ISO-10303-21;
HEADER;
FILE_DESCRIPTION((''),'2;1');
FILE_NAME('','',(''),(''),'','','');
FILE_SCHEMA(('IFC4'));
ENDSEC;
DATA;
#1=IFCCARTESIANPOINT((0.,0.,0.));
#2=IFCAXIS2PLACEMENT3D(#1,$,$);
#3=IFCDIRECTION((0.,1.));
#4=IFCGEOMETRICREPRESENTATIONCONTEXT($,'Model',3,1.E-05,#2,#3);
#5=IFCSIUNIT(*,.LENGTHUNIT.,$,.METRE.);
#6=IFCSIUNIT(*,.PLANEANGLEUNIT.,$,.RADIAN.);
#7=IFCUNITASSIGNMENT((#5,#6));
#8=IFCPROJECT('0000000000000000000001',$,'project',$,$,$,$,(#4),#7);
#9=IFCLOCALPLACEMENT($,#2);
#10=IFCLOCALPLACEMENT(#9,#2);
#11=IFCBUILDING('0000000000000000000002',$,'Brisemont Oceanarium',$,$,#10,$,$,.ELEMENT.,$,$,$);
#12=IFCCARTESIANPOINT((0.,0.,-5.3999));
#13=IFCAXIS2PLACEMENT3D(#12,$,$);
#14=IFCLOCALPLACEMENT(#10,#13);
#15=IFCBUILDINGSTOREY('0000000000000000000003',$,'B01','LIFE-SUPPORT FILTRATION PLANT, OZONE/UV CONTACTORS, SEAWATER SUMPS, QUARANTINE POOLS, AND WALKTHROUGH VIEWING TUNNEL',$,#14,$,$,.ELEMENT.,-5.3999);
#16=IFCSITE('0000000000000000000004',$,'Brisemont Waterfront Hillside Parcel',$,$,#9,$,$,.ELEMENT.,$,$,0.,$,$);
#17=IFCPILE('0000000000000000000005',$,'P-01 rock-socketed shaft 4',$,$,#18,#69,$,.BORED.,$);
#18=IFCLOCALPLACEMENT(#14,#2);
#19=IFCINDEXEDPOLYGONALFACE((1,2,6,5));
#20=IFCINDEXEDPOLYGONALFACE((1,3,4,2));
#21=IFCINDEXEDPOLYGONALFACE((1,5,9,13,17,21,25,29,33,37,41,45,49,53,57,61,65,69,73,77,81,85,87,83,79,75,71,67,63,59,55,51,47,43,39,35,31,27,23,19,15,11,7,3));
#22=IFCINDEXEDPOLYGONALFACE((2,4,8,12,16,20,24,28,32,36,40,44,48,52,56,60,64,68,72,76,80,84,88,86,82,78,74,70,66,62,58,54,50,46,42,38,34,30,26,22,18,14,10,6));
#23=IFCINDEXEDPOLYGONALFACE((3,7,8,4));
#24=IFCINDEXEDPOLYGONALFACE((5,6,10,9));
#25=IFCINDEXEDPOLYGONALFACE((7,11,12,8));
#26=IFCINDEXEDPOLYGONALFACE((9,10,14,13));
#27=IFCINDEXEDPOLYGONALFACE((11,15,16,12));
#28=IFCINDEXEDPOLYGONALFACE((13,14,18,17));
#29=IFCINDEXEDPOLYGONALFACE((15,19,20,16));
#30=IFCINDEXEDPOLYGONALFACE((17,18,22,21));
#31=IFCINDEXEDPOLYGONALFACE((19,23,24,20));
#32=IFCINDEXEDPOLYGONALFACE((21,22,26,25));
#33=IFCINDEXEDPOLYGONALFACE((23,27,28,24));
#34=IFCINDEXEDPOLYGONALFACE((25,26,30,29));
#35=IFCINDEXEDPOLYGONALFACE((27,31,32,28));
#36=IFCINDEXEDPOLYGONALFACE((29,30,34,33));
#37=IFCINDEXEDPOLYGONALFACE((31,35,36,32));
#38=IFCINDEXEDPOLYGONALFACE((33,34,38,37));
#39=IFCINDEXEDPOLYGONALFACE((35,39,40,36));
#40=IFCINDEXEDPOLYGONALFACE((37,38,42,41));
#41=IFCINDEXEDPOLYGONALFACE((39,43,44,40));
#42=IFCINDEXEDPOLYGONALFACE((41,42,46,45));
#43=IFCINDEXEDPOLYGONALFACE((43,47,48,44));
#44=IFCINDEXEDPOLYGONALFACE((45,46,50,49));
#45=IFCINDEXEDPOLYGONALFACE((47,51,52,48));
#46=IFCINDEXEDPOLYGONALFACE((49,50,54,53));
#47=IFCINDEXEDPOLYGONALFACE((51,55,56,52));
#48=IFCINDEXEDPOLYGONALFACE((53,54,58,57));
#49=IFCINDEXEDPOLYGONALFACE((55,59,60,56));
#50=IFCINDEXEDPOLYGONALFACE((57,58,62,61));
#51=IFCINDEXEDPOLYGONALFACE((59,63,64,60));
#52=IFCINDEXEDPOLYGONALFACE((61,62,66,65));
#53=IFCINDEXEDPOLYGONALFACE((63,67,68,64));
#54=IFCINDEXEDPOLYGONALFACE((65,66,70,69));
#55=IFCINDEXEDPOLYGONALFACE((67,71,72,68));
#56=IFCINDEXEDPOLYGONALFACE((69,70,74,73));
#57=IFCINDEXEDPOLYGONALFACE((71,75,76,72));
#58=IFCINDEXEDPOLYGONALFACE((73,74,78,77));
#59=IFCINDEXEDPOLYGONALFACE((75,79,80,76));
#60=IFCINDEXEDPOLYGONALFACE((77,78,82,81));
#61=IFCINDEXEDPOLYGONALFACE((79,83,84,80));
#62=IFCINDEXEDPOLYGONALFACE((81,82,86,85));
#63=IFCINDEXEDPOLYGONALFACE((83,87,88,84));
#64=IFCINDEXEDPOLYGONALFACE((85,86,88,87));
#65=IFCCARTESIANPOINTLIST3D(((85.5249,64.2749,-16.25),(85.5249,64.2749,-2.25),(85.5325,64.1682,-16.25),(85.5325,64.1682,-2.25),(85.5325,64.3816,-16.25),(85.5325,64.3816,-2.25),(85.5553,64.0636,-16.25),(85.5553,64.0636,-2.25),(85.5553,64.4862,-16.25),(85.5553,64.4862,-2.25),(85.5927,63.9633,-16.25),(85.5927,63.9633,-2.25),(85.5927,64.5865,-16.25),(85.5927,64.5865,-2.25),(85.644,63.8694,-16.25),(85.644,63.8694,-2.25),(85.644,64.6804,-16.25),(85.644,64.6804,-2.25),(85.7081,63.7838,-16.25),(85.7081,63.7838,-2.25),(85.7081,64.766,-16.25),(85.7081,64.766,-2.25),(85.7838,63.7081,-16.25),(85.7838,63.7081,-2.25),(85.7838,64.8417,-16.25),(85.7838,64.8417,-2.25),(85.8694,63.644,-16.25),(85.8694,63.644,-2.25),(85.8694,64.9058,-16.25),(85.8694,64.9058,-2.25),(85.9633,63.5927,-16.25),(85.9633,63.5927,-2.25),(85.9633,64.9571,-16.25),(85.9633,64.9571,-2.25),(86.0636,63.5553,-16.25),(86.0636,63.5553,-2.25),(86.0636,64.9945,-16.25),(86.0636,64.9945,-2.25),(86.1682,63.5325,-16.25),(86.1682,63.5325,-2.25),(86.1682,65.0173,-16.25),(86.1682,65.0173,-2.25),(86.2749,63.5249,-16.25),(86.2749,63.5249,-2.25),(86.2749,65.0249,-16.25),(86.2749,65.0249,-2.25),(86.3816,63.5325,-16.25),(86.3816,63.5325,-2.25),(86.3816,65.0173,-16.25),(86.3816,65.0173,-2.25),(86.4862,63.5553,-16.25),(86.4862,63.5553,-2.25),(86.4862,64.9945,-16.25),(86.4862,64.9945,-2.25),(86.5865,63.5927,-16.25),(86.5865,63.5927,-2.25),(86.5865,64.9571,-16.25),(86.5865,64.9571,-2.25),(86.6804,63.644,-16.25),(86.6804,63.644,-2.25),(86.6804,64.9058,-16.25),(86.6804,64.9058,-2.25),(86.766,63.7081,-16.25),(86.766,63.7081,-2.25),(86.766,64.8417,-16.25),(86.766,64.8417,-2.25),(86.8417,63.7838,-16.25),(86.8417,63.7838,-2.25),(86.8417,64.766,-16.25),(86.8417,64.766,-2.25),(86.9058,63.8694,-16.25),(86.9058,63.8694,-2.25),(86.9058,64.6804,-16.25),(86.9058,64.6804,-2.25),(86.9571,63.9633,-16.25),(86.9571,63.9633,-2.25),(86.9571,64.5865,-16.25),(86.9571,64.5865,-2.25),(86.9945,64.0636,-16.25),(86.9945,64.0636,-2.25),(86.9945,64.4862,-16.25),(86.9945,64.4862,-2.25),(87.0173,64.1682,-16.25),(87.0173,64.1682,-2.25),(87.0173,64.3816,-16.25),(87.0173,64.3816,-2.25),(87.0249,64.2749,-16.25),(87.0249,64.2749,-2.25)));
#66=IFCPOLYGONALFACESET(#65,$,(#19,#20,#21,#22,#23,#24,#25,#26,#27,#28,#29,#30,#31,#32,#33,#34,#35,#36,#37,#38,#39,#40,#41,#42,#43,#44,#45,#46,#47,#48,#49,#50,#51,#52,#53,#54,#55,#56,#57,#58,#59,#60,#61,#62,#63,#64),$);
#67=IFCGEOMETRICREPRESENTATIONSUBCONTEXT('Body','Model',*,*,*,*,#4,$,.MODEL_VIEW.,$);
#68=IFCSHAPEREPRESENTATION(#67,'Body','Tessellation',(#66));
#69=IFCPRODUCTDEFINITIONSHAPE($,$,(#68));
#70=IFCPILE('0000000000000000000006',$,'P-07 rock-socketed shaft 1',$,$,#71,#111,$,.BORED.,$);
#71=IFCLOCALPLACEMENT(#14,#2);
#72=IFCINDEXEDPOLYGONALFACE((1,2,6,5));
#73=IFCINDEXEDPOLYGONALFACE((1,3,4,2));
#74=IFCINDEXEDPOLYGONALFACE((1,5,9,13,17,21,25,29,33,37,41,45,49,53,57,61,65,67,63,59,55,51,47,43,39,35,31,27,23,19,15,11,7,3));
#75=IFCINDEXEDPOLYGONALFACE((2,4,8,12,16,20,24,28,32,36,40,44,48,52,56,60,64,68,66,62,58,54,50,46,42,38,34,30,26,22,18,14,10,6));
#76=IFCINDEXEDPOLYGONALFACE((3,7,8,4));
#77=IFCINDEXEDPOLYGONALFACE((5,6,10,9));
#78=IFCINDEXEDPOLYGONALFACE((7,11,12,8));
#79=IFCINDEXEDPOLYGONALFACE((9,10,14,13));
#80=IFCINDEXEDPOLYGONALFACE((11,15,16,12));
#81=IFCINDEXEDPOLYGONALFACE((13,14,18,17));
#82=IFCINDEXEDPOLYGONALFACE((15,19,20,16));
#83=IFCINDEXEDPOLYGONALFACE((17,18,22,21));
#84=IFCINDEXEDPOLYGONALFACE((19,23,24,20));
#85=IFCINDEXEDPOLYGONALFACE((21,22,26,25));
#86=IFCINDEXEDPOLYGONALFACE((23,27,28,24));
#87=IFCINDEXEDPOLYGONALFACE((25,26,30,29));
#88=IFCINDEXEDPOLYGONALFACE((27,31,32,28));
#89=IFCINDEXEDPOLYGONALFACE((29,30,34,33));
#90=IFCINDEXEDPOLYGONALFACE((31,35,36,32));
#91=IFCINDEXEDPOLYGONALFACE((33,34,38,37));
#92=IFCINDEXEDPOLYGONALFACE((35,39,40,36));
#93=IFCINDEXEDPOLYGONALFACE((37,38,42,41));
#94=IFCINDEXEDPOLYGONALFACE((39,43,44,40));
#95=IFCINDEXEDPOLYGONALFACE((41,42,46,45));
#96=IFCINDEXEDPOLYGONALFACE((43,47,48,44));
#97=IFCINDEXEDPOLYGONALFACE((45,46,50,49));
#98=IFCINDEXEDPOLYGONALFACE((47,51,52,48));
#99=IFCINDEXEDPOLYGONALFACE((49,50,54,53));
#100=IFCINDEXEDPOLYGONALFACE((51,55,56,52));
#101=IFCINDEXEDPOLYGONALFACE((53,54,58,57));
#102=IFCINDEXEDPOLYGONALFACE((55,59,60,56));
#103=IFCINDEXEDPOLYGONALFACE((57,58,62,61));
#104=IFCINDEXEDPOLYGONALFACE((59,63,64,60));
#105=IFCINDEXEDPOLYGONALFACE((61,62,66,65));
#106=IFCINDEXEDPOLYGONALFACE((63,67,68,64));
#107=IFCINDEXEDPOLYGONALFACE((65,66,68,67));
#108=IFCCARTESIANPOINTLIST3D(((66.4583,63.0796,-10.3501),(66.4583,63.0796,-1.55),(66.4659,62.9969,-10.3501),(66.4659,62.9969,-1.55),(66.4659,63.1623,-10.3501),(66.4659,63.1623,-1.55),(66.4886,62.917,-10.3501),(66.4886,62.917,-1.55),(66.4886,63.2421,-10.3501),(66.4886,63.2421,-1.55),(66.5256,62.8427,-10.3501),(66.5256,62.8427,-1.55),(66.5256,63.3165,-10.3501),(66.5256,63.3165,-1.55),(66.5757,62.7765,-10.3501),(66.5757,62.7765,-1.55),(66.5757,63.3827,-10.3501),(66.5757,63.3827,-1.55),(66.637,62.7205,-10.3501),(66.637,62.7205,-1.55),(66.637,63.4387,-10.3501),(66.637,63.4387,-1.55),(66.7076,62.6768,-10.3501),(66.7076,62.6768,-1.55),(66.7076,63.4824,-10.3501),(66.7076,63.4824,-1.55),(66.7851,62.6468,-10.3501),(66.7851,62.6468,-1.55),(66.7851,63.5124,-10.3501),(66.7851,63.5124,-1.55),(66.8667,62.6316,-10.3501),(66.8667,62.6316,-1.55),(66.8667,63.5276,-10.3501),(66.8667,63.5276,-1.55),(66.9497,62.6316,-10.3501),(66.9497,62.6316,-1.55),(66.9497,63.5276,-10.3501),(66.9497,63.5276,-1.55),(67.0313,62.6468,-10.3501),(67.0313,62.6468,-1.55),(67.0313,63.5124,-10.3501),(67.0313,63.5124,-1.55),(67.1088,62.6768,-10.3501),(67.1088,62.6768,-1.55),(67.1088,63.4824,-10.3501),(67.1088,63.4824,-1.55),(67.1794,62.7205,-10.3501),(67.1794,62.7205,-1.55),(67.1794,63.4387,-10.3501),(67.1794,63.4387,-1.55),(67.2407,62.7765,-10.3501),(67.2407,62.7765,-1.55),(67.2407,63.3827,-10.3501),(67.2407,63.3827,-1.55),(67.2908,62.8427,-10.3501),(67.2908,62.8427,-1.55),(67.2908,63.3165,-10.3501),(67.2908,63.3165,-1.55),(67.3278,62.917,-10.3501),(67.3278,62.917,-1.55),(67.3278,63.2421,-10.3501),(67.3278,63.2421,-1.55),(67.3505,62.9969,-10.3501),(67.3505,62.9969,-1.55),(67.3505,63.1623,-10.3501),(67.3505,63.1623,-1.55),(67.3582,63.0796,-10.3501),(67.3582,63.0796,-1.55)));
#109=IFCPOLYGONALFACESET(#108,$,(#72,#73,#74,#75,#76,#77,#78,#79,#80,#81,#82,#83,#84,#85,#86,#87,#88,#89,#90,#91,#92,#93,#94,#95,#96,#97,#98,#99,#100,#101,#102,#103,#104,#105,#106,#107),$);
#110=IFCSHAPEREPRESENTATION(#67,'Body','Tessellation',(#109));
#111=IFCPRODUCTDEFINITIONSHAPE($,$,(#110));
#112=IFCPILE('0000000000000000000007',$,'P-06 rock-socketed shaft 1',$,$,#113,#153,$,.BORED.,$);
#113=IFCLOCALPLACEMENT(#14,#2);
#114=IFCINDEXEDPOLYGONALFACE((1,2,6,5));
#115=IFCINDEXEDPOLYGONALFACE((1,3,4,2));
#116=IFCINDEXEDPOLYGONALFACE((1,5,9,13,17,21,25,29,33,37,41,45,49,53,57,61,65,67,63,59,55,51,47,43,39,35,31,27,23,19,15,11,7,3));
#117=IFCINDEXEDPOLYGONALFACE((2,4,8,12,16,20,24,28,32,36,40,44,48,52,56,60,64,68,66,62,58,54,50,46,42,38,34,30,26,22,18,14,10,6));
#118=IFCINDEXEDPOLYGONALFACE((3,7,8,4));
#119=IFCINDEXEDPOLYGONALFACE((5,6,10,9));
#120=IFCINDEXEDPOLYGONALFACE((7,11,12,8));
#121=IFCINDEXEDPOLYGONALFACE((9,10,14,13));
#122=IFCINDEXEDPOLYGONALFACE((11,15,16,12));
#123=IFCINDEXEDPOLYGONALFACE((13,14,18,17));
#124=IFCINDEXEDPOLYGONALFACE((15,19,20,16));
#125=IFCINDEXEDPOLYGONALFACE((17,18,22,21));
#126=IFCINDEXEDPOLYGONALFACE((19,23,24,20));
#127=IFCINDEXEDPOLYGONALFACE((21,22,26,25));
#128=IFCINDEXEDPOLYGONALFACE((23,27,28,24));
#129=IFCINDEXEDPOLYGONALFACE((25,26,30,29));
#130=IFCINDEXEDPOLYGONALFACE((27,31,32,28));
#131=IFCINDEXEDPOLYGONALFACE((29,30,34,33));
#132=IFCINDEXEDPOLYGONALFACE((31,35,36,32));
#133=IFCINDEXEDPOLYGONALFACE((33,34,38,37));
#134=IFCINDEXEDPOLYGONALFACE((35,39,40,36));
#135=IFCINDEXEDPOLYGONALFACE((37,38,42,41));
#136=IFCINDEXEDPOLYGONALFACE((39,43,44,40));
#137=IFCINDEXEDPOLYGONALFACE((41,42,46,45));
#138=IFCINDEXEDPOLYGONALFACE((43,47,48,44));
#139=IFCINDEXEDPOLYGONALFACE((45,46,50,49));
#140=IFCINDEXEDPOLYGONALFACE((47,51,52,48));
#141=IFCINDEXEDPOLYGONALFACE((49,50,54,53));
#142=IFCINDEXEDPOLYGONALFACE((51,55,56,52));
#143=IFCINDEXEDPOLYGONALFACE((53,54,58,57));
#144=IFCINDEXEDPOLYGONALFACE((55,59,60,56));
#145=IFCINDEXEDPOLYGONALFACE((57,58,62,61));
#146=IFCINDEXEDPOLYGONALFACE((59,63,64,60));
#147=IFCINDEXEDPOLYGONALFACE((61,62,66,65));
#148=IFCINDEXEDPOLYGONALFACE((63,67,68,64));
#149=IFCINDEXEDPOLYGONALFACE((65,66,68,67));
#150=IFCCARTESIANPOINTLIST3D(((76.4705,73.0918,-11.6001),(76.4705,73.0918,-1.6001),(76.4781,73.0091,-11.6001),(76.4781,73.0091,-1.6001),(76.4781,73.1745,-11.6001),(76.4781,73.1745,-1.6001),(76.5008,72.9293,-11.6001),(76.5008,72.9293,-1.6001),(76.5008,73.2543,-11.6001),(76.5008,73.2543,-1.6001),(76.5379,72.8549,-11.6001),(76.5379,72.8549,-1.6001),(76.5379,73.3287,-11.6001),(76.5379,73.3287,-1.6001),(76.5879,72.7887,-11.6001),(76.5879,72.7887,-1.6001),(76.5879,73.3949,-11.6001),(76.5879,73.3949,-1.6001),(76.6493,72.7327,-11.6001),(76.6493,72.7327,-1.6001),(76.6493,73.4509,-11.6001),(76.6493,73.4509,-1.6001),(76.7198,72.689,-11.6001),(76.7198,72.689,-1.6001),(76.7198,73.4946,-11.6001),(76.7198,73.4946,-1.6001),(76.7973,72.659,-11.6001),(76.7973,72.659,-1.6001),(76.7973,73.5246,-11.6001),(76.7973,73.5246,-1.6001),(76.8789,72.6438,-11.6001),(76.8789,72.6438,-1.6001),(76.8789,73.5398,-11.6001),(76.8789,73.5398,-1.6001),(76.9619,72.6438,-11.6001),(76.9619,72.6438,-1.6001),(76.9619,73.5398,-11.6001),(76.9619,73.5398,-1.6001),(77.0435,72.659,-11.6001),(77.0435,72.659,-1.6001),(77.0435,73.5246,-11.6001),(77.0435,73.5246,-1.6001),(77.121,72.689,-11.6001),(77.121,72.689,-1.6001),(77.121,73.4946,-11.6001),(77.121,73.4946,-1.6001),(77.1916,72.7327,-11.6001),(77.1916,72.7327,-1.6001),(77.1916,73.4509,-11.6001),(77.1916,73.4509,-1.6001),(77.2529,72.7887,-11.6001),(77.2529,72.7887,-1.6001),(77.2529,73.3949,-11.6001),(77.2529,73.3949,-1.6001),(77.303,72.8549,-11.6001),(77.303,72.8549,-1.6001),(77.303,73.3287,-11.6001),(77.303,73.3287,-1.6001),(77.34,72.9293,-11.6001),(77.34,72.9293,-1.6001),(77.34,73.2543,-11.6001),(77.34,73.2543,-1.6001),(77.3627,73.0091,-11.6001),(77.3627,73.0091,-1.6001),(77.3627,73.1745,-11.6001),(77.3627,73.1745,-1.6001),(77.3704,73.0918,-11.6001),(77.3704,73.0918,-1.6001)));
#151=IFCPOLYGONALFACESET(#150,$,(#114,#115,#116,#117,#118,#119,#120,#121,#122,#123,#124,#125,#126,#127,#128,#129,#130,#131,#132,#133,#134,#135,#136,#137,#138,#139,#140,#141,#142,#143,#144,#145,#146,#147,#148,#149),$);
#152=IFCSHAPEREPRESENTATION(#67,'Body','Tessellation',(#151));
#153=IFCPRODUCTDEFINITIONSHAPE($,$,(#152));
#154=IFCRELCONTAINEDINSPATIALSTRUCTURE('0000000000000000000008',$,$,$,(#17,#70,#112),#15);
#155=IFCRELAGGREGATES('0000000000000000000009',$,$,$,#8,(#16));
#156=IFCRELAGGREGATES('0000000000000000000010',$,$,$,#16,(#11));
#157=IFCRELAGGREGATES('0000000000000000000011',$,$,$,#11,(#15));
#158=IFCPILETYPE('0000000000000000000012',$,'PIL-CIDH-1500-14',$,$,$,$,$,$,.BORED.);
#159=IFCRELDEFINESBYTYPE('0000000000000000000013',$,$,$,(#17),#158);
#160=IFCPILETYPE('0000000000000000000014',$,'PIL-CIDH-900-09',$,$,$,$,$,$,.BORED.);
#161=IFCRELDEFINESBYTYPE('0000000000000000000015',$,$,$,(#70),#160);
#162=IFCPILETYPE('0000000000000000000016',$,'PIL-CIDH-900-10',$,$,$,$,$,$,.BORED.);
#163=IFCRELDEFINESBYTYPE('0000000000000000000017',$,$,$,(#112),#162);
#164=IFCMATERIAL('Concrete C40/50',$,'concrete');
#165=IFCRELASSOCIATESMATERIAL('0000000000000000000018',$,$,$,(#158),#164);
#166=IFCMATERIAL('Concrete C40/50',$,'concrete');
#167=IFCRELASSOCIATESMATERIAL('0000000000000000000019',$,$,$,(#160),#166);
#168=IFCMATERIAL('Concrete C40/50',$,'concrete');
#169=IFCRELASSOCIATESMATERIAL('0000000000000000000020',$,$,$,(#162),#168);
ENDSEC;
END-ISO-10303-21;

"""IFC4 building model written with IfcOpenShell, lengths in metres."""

from ifc_helpers import new_model, si_unit, direction, frame, origin, origin_2d, place, context, subcontext, project, spatial, circle, extrude, material, material_profile, profile_set, type_object, element, save


model = new_model("IFC4")

# Units and contexts
model_context = context("Model", 3, precision=1e-05, world=origin(), true_north=direction((0.0, 1.0)))
body_context = subcontext(model_context, "Body", "Model", "MODEL_VIEW")
ifc_project = project(units=[si_unit("LENGTHUNIT", "METRE"), si_unit("PLANEANGLEUNIT", "RADIAN")], contexts=[model_context])

# Site, building, storey
site_placement = place(None, origin())
site = spatial("IfcSite", under=ifc_project, at=site_placement, Name="Brisemont Waterfront Hillside Parcel", CompositionType="ELEMENT", RefElevation=0.0)
building_placement = place(site_placement, origin())
building = spatial("IfcBuilding", under=site, at=building_placement, Name="Brisemont Oceanarium", CompositionType="ELEMENT")
storey_placement = place(building_placement, frame((0.0, 0.0, -5.3999)))
storey = spatial("IfcBuildingStorey", under=building, at=storey_placement, Name="B01", Description="LIFE-SUPPORT FILTRATION PLANT, OZONE/UV CONTACTORS, SEAWATER SUMPS, QUARANTINE POOLS, AND WALKTHROUGH VIEWING TUNNEL", CompositionType="ELEMENT", Elevation=-5.3999)

# Piles
ifc_material_1 = material(Name="Concrete C40/50", Category="concrete")
ifc_material_profile_1 = material_profile(ifc_material_1, circle(Radius=0.75, at=origin_2d()), Name="CIDH-D1500")
ifc_profile_set_1 = profile_set([ifc_material_profile_1], Name="Concrete C40/50")
pile_type_1 = type_object("IfcPileType", Name="PIL-CIDH-1500-14", PredefinedType="BORED", material=ifc_profile_set_1)
for number, where, z_axis, x_axis, name in (
    (1, (86.2749, 64.2749, -2.25), (0.0, 0.0, -1.0), (1.0, 0.0, 0.0), "P-01 rock-socketed shaft 4"),
):
    element("IfcPile", number, at=place(storey_placement, frame(where, z_axis=z_axis, x_axis=x_axis)), inside=storey, type_object=pile_type_1, Name=name, PredefinedType="BORED", context=body_context, shape_type="SweptSolid", body=[
        extrude(circle(Radius=0.75, at=origin_2d()), origin(), (0.0, 0.0, 1.0), 14.0),
    ])
ifc_material_2 = material(Name="Concrete C40/50", Category="concrete")
ifc_material_profile_2 = material_profile(ifc_material_2, circle(Radius=0.45, at=origin_2d()), Name="CIDH-D900")
ifc_profile_set_2 = profile_set([ifc_material_profile_2], Name="Concrete C40/50")
pile_type_2 = type_object("IfcPileType", Name="PIL-CIDH-900-09", PredefinedType="BORED", material=ifc_profile_set_2)
pile_1_placement = place(storey_placement, frame((66.9082, 63.0796, -1.55), z_axis=(0.0, 0.0, -1.0), x_axis=(1.0, 0.0, 0.0)))
element("IfcPile", 2, at=pile_1_placement, inside=storey, type_object=pile_type_2, Name="P-07 rock-socketed shaft 1", PredefinedType="BORED", context=body_context, shape_type="SweptSolid", body=[
    extrude(circle(Radius=0.45, at=origin_2d()), origin(), (0.0, 0.0, 1.0), 8.8),
])
ifc_material_3 = material(Name="Concrete C40/50", Category="concrete")
ifc_material_profile_3 = material_profile(ifc_material_3, circle(Radius=0.45, at=origin_2d()), Name="CIDH-D900")
ifc_profile_set_3 = profile_set([ifc_material_profile_3], Name="Concrete C40/50")
pile_type_3 = type_object("IfcPileType", Name="PIL-CIDH-900-10", PredefinedType="BORED", material=ifc_profile_set_3)
pile_2_placement = place(storey_placement, frame((76.9204, 73.0918, -1.6001), z_axis=(0.0, 0.0, -1.0), x_axis=(1.0, 0.0, 0.0)))
element("IfcPile", 3, at=pile_2_placement, inside=storey, type_object=pile_type_3, Name="P-06 rock-socketed shaft 1", PredefinedType="BORED", context=body_context, shape_type="SweptSolid", body=[
    extrude(circle(Radius=0.45, at=origin_2d()), origin(), (0.0, 0.0, 1.0), 10.0),
])

save(model, "model.ifc")
